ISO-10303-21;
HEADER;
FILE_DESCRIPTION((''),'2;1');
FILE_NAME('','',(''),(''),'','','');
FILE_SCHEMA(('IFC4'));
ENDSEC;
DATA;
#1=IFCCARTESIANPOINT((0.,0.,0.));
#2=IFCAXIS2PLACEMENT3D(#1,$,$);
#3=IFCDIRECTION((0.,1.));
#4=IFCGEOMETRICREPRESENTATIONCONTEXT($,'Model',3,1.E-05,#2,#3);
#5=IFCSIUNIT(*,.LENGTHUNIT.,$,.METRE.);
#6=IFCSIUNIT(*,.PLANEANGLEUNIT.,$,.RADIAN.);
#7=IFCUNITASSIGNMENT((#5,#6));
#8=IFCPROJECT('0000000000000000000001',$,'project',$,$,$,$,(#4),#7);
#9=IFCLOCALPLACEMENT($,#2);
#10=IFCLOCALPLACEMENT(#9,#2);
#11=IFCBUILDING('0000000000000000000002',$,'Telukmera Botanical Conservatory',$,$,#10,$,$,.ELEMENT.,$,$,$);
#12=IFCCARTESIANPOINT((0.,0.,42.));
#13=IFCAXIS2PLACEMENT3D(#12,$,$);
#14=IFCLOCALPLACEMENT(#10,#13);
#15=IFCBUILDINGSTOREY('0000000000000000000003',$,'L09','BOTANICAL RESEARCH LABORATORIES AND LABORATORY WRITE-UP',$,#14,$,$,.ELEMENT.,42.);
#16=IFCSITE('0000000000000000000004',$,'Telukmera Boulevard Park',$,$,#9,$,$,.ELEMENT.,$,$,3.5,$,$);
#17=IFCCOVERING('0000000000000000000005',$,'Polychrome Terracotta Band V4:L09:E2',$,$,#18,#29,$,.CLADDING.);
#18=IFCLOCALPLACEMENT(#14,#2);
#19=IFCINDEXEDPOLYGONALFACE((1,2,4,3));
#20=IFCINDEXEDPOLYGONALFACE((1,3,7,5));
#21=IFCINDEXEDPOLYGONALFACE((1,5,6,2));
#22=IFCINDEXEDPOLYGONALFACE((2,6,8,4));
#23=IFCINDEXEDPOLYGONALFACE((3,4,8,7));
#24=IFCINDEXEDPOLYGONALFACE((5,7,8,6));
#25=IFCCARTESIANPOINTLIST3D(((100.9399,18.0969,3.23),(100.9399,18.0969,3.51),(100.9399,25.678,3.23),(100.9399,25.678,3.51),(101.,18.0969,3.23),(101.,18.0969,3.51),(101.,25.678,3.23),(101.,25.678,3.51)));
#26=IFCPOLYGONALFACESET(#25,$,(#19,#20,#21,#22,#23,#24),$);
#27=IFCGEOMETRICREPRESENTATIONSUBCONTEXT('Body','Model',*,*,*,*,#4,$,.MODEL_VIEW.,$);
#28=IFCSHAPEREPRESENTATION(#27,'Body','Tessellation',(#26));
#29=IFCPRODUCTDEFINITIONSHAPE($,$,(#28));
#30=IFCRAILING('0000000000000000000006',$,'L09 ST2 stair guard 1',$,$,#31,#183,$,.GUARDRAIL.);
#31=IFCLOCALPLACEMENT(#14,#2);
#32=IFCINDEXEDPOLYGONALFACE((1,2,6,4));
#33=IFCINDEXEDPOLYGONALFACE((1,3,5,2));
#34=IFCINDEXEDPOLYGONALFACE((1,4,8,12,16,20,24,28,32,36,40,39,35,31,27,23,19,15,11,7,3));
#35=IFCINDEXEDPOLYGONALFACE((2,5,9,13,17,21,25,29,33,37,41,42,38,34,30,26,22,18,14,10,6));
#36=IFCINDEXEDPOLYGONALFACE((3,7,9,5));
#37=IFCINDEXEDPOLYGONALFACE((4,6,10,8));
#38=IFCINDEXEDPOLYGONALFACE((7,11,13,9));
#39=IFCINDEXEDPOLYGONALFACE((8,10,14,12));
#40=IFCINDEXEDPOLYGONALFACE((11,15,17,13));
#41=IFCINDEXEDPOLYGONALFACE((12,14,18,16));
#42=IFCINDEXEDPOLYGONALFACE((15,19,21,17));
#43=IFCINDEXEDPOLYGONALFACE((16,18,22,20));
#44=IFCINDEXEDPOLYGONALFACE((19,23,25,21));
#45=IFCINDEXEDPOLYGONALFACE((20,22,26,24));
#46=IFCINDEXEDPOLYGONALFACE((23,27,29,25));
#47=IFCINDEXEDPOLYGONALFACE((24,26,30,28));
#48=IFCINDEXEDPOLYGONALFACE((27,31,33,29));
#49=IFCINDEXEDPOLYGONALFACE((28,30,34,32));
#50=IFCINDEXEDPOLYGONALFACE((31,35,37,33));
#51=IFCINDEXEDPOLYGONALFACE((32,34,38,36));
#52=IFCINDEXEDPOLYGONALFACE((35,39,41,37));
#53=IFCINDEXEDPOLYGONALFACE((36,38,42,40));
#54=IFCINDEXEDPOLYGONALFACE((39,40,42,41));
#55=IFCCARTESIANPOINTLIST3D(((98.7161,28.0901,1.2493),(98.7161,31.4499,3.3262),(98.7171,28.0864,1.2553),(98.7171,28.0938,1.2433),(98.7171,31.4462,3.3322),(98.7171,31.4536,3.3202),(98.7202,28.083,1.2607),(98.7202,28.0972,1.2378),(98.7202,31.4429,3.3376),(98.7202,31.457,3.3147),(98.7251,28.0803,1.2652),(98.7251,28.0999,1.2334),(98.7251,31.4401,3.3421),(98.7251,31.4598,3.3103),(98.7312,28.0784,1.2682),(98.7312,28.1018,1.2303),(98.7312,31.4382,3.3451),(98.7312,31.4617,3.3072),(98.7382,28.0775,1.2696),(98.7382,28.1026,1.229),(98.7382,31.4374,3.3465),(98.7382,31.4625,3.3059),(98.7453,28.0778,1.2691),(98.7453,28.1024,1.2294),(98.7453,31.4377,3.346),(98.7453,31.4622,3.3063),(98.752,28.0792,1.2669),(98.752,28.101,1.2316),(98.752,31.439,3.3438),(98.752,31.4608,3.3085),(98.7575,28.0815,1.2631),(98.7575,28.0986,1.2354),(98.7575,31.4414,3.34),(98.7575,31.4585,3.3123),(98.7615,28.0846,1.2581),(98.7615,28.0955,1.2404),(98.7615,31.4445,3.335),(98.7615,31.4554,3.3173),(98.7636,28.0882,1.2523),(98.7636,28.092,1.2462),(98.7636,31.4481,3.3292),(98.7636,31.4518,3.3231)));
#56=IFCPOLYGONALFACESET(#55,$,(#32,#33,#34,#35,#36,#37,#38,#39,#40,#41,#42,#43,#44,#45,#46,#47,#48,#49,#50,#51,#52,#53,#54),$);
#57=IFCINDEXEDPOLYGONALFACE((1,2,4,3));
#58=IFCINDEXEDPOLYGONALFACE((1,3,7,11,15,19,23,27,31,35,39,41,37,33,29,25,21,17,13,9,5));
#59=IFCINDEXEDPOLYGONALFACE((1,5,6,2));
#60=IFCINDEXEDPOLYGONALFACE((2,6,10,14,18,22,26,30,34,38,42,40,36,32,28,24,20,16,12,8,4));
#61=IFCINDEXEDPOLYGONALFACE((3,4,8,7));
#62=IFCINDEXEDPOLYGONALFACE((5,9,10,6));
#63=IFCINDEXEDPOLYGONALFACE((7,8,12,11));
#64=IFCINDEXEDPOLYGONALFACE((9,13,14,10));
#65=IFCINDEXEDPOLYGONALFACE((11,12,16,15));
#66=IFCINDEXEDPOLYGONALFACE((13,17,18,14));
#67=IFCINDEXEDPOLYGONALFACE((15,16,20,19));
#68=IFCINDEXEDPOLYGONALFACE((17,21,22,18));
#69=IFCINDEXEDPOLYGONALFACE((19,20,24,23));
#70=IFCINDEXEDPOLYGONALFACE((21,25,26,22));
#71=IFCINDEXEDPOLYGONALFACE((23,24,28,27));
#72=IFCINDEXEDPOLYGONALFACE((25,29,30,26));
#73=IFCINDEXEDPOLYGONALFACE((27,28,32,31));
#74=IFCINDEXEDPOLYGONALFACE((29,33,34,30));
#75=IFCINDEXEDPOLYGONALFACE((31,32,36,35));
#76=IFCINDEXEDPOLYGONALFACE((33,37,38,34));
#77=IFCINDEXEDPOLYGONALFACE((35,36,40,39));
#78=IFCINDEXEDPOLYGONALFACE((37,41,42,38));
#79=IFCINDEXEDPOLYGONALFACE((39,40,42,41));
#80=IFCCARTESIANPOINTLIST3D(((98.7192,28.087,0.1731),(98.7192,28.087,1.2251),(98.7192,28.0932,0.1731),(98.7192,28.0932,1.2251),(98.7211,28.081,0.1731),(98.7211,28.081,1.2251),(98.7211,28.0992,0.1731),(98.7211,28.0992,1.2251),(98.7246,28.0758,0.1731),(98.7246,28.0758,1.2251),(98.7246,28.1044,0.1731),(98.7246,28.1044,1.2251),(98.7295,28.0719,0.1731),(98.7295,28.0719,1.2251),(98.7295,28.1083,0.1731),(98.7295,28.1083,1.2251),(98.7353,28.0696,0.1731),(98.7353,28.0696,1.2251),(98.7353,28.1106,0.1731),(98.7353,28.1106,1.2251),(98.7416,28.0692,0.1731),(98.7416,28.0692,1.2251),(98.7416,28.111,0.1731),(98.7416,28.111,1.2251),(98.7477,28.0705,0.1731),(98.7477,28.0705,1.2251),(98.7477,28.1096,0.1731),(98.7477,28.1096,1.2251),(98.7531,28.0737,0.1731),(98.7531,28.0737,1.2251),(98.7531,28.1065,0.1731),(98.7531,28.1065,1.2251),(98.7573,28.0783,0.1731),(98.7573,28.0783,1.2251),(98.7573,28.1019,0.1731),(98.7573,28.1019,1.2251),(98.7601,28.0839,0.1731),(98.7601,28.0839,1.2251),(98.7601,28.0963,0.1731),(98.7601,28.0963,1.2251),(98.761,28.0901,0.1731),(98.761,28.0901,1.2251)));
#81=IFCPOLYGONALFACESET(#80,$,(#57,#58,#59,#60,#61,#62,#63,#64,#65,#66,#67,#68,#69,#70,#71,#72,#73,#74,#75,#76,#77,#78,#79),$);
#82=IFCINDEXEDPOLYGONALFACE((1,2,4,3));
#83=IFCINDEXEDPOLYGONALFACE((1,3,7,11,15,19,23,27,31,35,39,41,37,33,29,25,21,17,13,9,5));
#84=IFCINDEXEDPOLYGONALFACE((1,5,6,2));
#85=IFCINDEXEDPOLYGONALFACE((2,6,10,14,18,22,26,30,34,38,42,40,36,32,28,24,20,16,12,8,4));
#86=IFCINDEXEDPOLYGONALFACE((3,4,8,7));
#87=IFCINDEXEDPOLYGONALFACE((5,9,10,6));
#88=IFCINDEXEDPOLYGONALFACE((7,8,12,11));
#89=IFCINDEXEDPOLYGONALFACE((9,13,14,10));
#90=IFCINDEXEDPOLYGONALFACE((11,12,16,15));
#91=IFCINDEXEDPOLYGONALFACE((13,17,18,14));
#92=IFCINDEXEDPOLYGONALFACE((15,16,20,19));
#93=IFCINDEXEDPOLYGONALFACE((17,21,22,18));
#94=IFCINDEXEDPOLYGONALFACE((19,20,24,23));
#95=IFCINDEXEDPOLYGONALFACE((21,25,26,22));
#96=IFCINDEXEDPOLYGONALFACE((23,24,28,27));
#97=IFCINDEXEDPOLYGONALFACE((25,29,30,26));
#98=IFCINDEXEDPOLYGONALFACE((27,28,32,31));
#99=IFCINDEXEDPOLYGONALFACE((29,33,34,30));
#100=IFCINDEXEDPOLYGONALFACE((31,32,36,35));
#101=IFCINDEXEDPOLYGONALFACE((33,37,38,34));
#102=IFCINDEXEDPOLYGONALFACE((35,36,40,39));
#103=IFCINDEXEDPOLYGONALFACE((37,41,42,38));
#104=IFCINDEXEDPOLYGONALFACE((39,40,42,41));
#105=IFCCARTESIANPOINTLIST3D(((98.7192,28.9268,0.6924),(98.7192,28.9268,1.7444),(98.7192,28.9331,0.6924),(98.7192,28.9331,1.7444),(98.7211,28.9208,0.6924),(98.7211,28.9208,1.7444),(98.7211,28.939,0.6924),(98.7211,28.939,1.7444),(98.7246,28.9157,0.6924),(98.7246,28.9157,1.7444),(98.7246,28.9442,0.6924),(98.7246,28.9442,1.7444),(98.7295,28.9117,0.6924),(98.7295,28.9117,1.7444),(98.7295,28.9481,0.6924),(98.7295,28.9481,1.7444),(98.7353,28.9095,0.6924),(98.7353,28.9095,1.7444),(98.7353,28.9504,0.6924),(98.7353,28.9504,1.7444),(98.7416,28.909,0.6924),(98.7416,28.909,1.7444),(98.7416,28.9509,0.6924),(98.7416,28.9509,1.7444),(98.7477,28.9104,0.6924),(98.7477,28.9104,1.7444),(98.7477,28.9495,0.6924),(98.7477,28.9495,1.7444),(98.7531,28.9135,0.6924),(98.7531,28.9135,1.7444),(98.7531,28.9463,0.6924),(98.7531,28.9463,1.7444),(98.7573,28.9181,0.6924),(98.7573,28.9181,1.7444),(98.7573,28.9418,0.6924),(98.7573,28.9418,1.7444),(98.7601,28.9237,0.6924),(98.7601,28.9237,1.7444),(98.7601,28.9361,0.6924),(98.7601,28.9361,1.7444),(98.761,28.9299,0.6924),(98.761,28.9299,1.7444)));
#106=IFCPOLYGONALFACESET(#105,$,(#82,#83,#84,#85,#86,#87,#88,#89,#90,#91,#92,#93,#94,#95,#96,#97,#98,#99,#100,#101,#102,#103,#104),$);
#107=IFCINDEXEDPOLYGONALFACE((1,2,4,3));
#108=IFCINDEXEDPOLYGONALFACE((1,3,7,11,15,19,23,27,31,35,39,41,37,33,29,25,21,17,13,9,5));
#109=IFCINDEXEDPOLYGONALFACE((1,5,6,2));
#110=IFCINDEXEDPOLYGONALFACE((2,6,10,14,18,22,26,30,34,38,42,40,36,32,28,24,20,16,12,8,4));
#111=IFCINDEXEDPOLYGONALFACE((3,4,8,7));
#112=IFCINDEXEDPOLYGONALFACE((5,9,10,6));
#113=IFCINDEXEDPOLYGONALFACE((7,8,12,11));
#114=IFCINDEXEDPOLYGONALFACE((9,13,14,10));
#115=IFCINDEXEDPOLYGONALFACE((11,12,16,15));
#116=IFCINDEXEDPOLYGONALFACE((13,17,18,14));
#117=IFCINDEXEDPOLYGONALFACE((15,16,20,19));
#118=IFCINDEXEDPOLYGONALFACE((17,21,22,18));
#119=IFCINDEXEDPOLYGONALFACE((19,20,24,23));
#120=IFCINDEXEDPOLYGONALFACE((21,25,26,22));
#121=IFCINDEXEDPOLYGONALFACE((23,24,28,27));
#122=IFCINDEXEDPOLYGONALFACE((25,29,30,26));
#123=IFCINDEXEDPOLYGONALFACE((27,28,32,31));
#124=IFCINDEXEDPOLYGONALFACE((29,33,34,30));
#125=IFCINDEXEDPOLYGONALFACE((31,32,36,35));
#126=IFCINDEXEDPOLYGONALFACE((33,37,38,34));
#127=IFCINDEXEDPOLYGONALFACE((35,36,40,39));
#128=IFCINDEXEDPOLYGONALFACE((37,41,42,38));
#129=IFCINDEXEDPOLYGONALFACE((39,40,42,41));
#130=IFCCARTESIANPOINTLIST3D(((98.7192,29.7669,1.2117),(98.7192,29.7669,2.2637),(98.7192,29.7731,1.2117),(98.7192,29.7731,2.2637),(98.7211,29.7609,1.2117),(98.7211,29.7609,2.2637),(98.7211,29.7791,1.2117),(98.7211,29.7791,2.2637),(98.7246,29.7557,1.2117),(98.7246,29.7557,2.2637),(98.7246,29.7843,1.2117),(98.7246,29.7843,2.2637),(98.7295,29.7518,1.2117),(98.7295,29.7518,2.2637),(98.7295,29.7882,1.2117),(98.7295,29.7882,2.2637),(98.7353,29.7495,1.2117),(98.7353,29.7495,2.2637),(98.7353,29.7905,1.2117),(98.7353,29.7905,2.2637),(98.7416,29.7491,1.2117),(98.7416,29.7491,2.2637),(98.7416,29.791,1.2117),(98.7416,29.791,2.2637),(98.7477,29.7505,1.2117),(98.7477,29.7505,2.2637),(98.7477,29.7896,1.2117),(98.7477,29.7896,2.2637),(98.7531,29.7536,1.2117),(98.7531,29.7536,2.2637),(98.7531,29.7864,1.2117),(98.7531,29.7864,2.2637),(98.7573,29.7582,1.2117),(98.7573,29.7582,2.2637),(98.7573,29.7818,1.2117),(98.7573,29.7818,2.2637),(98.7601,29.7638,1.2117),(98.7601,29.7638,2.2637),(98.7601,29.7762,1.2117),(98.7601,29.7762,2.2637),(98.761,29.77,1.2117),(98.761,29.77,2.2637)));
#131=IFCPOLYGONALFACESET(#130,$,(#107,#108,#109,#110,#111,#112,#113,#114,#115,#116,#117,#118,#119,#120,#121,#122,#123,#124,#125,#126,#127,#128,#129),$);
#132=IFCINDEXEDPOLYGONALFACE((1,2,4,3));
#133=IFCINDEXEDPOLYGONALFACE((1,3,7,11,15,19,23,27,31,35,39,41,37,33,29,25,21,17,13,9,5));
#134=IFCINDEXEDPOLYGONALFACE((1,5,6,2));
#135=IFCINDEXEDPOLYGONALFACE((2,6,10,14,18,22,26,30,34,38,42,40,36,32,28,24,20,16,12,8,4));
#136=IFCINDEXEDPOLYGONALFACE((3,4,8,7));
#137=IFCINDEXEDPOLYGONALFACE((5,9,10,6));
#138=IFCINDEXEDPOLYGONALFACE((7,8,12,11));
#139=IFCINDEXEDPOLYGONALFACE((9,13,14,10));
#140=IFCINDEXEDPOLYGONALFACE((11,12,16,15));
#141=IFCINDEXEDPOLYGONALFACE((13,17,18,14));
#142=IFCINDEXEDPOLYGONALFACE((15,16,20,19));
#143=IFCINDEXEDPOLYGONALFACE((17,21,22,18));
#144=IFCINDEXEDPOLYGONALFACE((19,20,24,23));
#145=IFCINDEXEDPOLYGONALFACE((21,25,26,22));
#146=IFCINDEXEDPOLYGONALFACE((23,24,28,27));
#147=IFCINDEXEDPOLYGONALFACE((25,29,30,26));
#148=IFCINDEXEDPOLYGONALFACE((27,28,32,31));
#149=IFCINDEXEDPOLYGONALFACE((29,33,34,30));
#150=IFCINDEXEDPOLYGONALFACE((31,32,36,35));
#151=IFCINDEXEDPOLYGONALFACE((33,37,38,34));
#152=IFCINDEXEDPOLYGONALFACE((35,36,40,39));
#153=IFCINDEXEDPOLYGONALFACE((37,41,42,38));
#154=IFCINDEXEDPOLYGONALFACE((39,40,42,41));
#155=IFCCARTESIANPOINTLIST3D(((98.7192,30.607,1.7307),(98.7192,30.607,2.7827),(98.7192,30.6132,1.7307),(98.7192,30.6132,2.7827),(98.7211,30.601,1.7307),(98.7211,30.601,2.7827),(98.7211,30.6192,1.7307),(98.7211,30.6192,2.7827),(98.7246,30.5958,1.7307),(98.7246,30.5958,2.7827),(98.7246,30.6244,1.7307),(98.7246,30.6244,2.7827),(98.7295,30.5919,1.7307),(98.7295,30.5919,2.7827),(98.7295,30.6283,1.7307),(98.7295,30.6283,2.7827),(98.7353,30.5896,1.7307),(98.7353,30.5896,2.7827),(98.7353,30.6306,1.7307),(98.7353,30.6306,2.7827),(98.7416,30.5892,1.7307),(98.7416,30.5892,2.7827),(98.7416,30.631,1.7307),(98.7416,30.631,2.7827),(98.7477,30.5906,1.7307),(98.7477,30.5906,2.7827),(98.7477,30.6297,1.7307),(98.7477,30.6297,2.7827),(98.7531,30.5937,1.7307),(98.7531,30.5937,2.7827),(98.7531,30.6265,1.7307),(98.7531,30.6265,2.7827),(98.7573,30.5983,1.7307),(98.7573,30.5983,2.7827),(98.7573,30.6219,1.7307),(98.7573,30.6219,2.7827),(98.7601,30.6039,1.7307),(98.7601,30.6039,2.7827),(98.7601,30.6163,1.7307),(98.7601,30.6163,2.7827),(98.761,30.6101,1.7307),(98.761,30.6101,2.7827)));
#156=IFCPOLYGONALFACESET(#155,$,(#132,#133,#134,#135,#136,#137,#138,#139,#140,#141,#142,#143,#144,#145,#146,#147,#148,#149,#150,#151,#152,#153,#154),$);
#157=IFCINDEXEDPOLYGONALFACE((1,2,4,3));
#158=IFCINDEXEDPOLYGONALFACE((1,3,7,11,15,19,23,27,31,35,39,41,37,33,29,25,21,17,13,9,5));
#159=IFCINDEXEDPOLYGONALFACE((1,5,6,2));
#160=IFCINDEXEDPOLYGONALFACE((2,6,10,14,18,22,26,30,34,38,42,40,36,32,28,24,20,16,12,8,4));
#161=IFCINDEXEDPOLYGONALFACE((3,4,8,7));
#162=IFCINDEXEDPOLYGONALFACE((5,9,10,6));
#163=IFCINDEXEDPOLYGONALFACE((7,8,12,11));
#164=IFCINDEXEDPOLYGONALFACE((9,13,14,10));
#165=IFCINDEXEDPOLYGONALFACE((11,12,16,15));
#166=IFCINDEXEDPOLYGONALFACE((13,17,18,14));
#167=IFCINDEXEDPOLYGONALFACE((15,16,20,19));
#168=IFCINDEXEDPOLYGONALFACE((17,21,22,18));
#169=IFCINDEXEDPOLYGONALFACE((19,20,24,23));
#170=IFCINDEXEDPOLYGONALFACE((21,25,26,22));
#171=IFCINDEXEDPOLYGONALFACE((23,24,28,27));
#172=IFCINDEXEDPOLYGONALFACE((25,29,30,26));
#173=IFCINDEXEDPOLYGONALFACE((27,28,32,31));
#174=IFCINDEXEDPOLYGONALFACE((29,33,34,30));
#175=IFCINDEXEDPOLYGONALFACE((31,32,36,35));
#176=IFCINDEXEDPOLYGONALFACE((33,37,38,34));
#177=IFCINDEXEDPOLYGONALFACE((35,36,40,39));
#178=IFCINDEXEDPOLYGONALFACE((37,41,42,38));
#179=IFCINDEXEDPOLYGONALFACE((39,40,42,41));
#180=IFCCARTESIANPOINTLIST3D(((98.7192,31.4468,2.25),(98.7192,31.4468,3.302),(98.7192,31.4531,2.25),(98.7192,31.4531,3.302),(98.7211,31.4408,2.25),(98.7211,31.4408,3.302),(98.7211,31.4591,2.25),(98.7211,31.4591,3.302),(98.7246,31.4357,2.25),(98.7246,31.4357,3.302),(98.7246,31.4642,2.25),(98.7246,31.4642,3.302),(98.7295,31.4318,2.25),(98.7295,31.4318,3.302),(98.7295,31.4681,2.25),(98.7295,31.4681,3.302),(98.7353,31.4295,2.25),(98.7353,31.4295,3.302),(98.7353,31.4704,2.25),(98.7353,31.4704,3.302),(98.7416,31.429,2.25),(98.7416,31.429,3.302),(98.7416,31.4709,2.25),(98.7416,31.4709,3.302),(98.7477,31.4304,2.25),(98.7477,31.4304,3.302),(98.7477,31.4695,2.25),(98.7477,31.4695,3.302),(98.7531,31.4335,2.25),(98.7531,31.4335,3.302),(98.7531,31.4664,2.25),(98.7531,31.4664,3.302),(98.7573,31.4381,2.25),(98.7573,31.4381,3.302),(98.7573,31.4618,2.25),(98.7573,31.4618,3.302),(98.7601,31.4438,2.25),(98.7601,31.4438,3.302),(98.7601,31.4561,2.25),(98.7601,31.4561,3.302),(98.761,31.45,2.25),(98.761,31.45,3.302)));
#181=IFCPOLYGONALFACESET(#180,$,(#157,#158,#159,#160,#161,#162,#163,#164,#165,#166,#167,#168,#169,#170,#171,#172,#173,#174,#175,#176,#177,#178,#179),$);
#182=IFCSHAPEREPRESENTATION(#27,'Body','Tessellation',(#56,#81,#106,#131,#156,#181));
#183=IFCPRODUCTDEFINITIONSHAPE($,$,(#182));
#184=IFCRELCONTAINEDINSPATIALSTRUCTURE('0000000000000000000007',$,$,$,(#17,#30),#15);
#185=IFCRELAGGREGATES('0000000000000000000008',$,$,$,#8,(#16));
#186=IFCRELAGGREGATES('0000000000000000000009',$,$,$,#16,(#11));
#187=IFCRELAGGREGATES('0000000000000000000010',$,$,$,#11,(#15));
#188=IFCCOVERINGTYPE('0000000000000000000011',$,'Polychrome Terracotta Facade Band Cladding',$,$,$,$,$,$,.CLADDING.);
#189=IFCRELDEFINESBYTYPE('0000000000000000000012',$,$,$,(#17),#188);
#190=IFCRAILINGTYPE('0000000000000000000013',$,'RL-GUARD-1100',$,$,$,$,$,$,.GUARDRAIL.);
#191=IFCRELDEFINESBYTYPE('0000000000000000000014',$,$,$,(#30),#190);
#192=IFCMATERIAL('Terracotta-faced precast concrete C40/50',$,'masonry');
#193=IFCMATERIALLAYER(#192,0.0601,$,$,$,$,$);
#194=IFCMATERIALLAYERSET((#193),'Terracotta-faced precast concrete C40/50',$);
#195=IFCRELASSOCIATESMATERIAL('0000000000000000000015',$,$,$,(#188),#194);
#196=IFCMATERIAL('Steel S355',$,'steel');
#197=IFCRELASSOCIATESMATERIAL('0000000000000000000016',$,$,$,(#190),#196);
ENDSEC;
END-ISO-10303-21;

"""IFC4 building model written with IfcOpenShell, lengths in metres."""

from ifc_helpers import new_model, si_unit, direction, frame, origin, origin_2d, place, context, subcontext, project, spatial, rectangle, circle, extrude, material, layer, layer_set, type_object, element, save


model = new_model("IFC4")

# Units and contexts
model_context = context("Model", 3, precision=1e-05, world=origin(), true_north=direction((0.0, 1.0)))
body_context = subcontext(model_context, "Body", "Model", "MODEL_VIEW")
ifc_project = project(units=[si_unit("LENGTHUNIT", "METRE"), si_unit("PLANEANGLEUNIT", "RADIAN")], contexts=[model_context])

# Site, building, storey
site_placement = place(None, origin())
site = spatial("IfcSite", under=ifc_project, at=site_placement, Name="Telukmera Boulevard Park", CompositionType="ELEMENT", RefElevation=3.5)
building_placement = place(site_placement, origin())
building = spatial("IfcBuilding", under=site, at=building_placement, Name="Telukmera Botanical Conservatory", CompositionType="ELEMENT")
storey_placement = place(building_placement, frame((0.0, 0.0, 42.0)))
storey = spatial("IfcBuildingStorey", under=building, at=storey_placement, Name="L09", Description="BOTANICAL RESEARCH LABORATORIES AND LABORATORY WRITE-UP", CompositionType="ELEMENT", Elevation=42.0)

# Covering
ifc_material_1 = material(Name="Terracotta-faced precast concrete C40/50", Category="masonry")
ifc_layer_1 = layer(ifc_material_1, 0.0601)
ifc_layer_set_1 = layer_set([ifc_layer_1], Name="Terracotta-faced precast concrete C40/50")
covering_type_1 = type_object("IfcCoveringType", Name="Polychrome Terracotta Facade Band Cladding", PredefinedType="CLADDING", material=ifc_layer_set_1)
covering_1_placement = place(storey_placement, frame((100.97, 21.8875, 3.23), z_axis=(0.0, 0.0, 1.0), x_axis=(0.0, 1.0, 0.0)))
element("IfcCovering", 1, at=covering_1_placement, inside=storey, type_object=covering_type_1, Name="Polychrome Terracotta Band V4:L09:E2", PredefinedType="CLADDING", context=body_context, shape_type="SweptSolid", body=[
    extrude(rectangle(XDim=7.5811, YDim=0.0601, at=origin_2d()), origin(), (0.0, 0.0, 1.0), 0.28),
])

# Railing
ifc_material_2 = material(Name="Steel S355", Category="steel")
railing_type_1 = type_object("IfcRailingType", Name="RL-GUARD-1100", PredefinedType="GUARDRAIL", material=ifc_material_2)
railing_1_placement = place(storey_placement, frame((98.74, 28.0901, 0.1731)))
element("IfcRailing", 2, at=railing_1_placement, inside=storey, type_object=railing_type_1, Name="L09 ST2 stair guard 1", PredefinedType="GUARDRAIL", context=body_context, shape_type="SweptSolid", body=[
    extrude(circle(Radius=0.0239, at=origin_2d()), frame((0.0, 0.0, 1.0762), z_axis=(0.0, 0.850606, 0.525803), x_axis=(-1.0, 0.0, 0.0)), (0.0, 0.0, 1.0), 3.95),
    extrude(circle(Radius=0.021, at=origin_2d()), origin(), (0.0, 0.0, 1.0), 1.052),
    extrude(circle(Radius=0.021, at=origin_2d()), frame((0.0, 0.8398, 0.5193)), (0.0, 0.0, 1.0), 1.052),
    extrude(circle(Radius=0.021, at=origin_2d()), frame((0.0, 1.6799, 1.0386)), (0.0, 0.0, 1.0), 1.052),
    extrude(circle(Radius=0.021, at=origin_2d()), frame((0.0, 2.52, 1.5576)), (0.0, 0.0, 1.0), 1.052),
    extrude(circle(Radius=0.021, at=origin_2d()), frame((0.0, 3.3599, 2.0769)), (0.0, 0.0, 1.0), 1.052),
])

save(model, "model.ifc")
